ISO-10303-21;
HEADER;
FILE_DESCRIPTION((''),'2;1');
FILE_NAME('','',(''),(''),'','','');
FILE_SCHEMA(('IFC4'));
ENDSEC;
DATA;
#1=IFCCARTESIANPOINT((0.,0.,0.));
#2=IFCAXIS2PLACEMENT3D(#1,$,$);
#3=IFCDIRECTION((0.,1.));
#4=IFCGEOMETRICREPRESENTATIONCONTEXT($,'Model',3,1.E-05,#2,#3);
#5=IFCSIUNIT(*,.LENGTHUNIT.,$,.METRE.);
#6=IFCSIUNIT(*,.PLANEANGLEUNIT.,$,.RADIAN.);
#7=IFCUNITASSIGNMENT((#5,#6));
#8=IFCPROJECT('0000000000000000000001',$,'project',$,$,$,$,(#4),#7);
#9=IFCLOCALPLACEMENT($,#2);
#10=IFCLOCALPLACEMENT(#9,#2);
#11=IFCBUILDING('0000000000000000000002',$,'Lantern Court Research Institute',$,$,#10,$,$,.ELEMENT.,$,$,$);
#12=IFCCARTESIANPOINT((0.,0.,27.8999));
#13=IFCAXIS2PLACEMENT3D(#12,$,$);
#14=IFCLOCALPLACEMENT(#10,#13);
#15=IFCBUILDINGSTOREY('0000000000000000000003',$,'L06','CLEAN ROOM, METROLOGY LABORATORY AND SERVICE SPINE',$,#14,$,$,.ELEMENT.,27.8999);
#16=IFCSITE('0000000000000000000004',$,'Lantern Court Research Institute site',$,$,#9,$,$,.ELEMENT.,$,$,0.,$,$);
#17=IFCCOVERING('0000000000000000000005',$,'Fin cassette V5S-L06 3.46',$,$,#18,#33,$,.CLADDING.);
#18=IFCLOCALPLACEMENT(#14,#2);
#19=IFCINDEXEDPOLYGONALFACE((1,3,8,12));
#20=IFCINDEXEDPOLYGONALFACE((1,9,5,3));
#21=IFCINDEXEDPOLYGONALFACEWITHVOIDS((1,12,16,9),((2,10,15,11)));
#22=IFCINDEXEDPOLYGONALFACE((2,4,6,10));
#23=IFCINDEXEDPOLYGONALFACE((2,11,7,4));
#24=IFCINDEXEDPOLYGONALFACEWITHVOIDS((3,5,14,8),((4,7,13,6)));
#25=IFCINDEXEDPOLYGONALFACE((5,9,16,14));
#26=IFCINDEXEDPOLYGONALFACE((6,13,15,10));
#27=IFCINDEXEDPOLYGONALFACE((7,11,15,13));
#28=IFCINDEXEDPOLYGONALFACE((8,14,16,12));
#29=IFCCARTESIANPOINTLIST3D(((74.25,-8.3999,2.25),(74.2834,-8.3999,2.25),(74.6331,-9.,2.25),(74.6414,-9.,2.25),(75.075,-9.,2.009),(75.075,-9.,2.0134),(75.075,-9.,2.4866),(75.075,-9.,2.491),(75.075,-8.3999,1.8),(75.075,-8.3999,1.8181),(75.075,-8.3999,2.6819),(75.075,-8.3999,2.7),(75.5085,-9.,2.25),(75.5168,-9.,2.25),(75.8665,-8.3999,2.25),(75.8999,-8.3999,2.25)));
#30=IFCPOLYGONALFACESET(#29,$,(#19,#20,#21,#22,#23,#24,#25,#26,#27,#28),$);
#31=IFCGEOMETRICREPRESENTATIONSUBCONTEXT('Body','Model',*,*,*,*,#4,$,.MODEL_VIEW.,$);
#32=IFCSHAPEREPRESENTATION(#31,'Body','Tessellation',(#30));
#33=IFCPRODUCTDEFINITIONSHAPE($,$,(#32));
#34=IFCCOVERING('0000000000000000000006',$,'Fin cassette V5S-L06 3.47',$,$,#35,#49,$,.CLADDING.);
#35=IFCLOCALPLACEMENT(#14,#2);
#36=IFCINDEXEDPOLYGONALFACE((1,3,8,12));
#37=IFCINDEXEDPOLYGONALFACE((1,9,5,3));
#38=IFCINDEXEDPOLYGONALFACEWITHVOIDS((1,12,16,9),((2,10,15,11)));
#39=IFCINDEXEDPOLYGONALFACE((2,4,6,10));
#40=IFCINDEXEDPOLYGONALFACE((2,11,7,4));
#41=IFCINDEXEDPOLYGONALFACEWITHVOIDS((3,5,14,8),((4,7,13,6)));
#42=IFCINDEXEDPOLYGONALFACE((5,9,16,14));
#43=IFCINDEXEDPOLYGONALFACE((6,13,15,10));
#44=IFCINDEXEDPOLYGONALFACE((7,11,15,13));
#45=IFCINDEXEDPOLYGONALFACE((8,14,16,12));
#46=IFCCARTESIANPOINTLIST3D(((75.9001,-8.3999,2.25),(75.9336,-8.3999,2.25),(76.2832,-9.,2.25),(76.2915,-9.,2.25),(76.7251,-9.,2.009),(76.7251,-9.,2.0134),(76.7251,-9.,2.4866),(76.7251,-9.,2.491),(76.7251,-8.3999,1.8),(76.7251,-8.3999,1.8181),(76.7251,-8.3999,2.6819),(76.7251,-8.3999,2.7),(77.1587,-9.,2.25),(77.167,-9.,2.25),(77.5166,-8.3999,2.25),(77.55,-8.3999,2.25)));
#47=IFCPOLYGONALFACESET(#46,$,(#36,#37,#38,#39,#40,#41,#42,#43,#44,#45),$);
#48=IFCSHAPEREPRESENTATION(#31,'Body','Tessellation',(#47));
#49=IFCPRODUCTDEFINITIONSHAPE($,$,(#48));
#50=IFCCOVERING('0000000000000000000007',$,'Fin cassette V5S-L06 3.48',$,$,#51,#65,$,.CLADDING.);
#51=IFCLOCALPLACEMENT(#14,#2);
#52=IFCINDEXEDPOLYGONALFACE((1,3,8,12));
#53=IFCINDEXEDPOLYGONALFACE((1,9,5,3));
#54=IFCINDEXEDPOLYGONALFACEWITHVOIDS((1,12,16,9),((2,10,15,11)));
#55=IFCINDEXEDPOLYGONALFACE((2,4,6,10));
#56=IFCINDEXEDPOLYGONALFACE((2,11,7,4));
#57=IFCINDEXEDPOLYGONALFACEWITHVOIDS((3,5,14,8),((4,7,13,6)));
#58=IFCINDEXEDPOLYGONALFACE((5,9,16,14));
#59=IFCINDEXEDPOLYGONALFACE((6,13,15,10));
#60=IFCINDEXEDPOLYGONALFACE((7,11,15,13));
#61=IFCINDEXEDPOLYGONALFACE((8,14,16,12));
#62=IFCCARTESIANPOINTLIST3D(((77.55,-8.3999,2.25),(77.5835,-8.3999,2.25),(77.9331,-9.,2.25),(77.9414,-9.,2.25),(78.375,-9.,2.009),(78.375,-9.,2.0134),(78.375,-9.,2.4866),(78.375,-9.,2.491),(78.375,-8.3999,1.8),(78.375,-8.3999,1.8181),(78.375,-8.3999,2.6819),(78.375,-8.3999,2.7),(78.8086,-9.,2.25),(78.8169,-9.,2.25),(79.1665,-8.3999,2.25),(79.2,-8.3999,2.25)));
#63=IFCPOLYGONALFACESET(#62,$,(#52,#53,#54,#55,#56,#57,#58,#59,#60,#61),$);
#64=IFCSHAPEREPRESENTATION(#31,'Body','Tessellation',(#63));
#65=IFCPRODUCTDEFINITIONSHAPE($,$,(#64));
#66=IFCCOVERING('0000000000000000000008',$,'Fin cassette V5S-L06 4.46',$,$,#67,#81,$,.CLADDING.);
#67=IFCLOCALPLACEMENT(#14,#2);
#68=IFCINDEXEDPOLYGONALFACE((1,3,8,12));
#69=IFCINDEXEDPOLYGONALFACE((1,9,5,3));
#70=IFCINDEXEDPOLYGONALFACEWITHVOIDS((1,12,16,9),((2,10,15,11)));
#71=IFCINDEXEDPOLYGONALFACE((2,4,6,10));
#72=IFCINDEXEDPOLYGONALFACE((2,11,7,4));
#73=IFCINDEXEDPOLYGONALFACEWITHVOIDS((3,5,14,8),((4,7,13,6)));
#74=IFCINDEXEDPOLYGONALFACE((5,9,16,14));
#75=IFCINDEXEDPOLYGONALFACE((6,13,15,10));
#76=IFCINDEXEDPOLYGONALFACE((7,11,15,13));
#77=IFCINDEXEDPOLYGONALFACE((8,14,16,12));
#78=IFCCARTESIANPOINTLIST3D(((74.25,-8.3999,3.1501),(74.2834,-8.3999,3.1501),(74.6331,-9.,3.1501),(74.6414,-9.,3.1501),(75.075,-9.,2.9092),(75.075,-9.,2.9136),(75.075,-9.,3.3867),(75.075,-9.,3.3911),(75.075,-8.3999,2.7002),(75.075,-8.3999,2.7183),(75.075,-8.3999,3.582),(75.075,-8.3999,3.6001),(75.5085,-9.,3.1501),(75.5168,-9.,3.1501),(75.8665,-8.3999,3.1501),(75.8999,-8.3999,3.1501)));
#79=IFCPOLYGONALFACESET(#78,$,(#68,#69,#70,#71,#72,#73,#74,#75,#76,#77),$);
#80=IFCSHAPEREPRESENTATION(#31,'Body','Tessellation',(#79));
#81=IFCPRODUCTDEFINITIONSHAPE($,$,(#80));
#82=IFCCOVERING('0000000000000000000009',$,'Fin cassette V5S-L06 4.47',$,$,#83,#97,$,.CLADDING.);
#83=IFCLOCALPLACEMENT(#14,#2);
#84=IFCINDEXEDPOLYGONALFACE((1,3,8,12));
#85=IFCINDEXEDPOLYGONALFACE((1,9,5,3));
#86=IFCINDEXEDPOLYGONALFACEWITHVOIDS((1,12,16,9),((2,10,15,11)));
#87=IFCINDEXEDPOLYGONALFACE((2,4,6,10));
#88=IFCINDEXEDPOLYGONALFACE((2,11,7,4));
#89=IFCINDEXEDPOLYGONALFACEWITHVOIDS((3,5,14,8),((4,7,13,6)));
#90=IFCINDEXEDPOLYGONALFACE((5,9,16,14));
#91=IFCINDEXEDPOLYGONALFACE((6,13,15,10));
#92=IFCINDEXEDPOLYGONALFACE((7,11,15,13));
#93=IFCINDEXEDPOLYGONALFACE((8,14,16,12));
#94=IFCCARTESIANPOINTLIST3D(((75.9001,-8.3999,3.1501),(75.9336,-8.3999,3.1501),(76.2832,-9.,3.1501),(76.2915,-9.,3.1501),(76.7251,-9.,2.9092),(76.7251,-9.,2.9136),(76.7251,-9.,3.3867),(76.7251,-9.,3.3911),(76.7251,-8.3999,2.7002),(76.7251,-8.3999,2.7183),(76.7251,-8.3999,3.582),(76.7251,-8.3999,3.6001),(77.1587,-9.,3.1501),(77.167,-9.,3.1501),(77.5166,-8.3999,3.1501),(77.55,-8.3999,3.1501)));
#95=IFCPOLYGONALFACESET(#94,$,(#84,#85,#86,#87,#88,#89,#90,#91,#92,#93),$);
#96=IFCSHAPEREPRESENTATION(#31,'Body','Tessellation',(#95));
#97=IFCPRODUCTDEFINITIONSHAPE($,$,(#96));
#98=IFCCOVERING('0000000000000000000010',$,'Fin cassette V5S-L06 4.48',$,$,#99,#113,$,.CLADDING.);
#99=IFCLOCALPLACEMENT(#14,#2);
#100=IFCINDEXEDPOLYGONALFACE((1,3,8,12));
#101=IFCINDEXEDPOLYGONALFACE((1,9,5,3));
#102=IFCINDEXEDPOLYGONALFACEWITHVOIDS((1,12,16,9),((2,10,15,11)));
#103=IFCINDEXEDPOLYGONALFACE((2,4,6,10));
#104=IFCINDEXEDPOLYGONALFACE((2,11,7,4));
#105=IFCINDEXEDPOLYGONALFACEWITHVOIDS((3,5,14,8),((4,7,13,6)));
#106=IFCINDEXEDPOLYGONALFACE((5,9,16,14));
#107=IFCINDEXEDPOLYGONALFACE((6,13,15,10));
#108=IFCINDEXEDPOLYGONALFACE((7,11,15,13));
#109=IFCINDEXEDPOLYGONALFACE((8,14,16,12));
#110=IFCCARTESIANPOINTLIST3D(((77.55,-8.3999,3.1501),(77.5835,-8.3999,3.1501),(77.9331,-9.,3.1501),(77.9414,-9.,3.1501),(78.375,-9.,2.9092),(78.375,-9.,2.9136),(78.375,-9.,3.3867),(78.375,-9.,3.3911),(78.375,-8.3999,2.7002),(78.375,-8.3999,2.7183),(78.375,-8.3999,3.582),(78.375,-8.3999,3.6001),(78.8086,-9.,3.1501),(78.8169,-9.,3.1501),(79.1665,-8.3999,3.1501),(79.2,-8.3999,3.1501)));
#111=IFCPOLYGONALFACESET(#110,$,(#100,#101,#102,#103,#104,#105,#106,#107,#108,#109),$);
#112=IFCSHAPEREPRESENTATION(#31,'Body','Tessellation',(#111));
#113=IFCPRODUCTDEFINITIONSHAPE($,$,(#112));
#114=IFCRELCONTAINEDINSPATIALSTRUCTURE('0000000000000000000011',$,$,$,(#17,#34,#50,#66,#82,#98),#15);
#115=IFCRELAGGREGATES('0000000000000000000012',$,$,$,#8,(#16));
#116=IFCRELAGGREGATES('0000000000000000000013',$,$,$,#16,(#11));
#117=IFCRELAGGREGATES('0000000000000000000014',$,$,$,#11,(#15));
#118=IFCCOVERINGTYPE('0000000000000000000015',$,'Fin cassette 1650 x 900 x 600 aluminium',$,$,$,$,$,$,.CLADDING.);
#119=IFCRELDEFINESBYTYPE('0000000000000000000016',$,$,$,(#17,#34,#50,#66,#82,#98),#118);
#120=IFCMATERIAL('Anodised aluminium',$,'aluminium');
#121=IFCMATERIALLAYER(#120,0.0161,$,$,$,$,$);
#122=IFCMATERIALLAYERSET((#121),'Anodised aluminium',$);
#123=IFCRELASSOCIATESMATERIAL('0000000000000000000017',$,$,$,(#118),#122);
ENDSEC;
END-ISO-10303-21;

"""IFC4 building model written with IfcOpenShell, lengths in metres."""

from ifc_helpers import new_model, entity, si_unit, direction, frame, origin, place, context, subcontext, project, spatial, material, layer, layer_set, type_object, element, save


model = new_model("IFC4")

# Units and contexts
model_context = context("Model", 3, precision=1e-05, world=origin(), true_north=direction((0.0, 1.0)))
body_context = subcontext(model_context, "Body", "Model", "MODEL_VIEW")
ifc_project = project(units=[si_unit("LENGTHUNIT", "METRE"), si_unit("PLANEANGLEUNIT", "RADIAN")], contexts=[model_context])

# Site, building, storey
site_placement = place(None, origin())
site = spatial("IfcSite", under=ifc_project, at=site_placement, Name="Lantern Court Research Institute site", CompositionType="ELEMENT", RefElevation=0.0)
building_placement = place(site_placement, origin())
building = spatial("IfcBuilding", under=site, at=building_placement, Name="Lantern Court Research Institute", CompositionType="ELEMENT")
storey_placement = place(building_placement, frame((0.0, 0.0, 27.8999)))
storey = spatial("IfcBuildingStorey", under=building, at=storey_placement, Name="L06", Description="CLEAN ROOM, METROLOGY LABORATORY AND SERVICE SPINE", CompositionType="ELEMENT", Elevation=27.8999)

# Coverings
ifc_material_1 = material(Name="Anodised aluminium", Category="aluminium")
ifc_layer_1 = layer(ifc_material_1, 0.0161)
ifc_layer_set_1 = layer_set([ifc_layer_1], Name="Anodised aluminium")
covering_type = type_object("IfcCoveringType", Name="Fin cassette 1650 x 900 x 600 aluminium", PredefinedType="CLADDING", material=ifc_layer_set_1)
covering_1_placement = place(storey_placement, frame((75.075, -8.3999, 2.25), z_axis=(0.0, -1.0, 0.0), x_axis=(1.0, 0.0, 0.0)))
cartesian_point_1 = entity("IfcCartesianPoint", [0.825, 0.0])
cartesian_point_2 = entity("IfcCartesianPoint", [0.7915, 0.0])
cartesian_point_3 = entity("IfcCartesianPoint", [0.4419, 0.0])
cartesian_point_4 = entity("IfcCartesianPoint", [0.4336, 0.0])
element("IfcCovering", 1, at=covering_1_placement, inside=storey, type_object=covering_type, Name="Fin cassette V5S-L06 3.46", PredefinedType="CLADDING", context=body_context, shape_type="SweptSolid", body=[
    entity("IfcExtrudedAreaSolidTapered", entity("IfcArbitraryProfileDefWithVoids", "AREA", None, entity("IfcPolyline", [cartesian_point_1, entity("IfcCartesianPoint", [0.0, 0.45]), entity("IfcCartesianPoint", [-0.825, 0.0]), entity("IfcCartesianPoint", [0.0, -0.45]), cartesian_point_1]), [entity("IfcPolyline", [cartesian_point_2, entity("IfcCartesianPoint", [0.0, 0.4319]), entity("IfcCartesianPoint", [-0.7915, 0.0]), entity("IfcCartesianPoint", [0.0, -0.4319]), cartesian_point_2])]), entity("IfcAxis2Placement3D", entity("IfcCartesianPoint", [0.0, 0.0, 0.0])), entity("IfcDirection", [0.0, 0.0, 1.0]), 0.6001, entity("IfcArbitraryProfileDefWithVoids", "AREA", None, entity("IfcPolyline", [cartesian_point_3, entity("IfcCartesianPoint", [0.0, 0.241]), entity("IfcCartesianPoint", [-0.4419, 0.0]), entity("IfcCartesianPoint", [0.0, -0.241]), cartesian_point_3]), [entity("IfcPolyline", [cartesian_point_4, entity("IfcCartesianPoint", [0.0, 0.2366]), entity("IfcCartesianPoint", [-0.4336, 0.0]), entity("IfcCartesianPoint", [0.0, -0.2366]), cartesian_point_4])])),
])
covering_2_placement = place(storey_placement, frame((76.7251, -8.3999, 2.25), z_axis=(0.0, -1.0, 0.0), x_axis=(1.0, 0.0, 0.0)))
cartesian_point_5 = entity("IfcCartesianPoint", [0.825, 0.0])
cartesian_point_6 = entity("IfcCartesianPoint", [0.7915, 0.0])
cartesian_point_7 = entity("IfcCartesianPoint", [0.4419, 0.0])
cartesian_point_8 = entity("IfcCartesianPoint", [0.4336, 0.0])
element("IfcCovering", 2, at=covering_2_placement, inside=storey, type_object=covering_type, Name="Fin cassette V5S-L06 3.47", PredefinedType="CLADDING", context=body_context, shape_type="SweptSolid", body=[
    entity("IfcExtrudedAreaSolidTapered", entity("IfcArbitraryProfileDefWithVoids", "AREA", None, entity("IfcPolyline", [cartesian_point_5, entity("IfcCartesianPoint", [0.0, 0.45]), entity("IfcCartesianPoint", [-0.825, 0.0]), entity("IfcCartesianPoint", [0.0, -0.45]), cartesian_point_5]), [entity("IfcPolyline", [cartesian_point_6, entity("IfcCartesianPoint", [0.0, 0.4319]), entity("IfcCartesianPoint", [-0.7915, 0.0]), entity("IfcCartesianPoint", [0.0, -0.4319]), cartesian_point_6])]), entity("IfcAxis2Placement3D", entity("IfcCartesianPoint", [0.0, 0.0, 0.0])), entity("IfcDirection", [0.0, 0.0, 1.0]), 0.6001, entity("IfcArbitraryProfileDefWithVoids", "AREA", None, entity("IfcPolyline", [cartesian_point_7, entity("IfcCartesianPoint", [0.0, 0.241]), entity("IfcCartesianPoint", [-0.4419, 0.0]), entity("IfcCartesianPoint", [0.0, -0.241]), cartesian_point_7]), [entity("IfcPolyline", [cartesian_point_8, entity("IfcCartesianPoint", [0.0, 0.2366]), entity("IfcCartesianPoint", [-0.4336, 0.0]), entity("IfcCartesianPoint", [0.0, -0.2366]), cartesian_point_8])])),
])
covering_3_placement = place(storey_placement, frame((78.375, -8.3999, 2.25), z_axis=(0.0, -1.0, 0.0), x_axis=(1.0, 0.0, 0.0)))
cartesian_point_9 = entity("IfcCartesianPoint", [0.825, 0.0])
cartesian_point_10 = entity("IfcCartesianPoint", [0.7915, 0.0])
cartesian_point_11 = entity("IfcCartesianPoint", [0.4419, 0.0])
cartesian_point_12 = entity("IfcCartesianPoint", [0.4336, 0.0])
element("IfcCovering", 3, at=covering_3_placement, inside=storey, type_object=covering_type, Name="Fin cassette V5S-L06 3.48", PredefinedType="CLADDING", context=body_context, shape_type="SweptSolid", body=[
    entity("IfcExtrudedAreaSolidTapered", entity("IfcArbitraryProfileDefWithVoids", "AREA", None, entity("IfcPolyline", [cartesian_point_9, entity("IfcCartesianPoint", [0.0, 0.45]), entity("IfcCartesianPoint", [-0.825, 0.0]), entity("IfcCartesianPoint", [0.0, -0.45]), cartesian_point_9]), [entity("IfcPolyline", [cartesian_point_10, entity("IfcCartesianPoint", [0.0, 0.4319]), entity("IfcCartesianPoint", [-0.7915, 0.0]), entity("IfcCartesianPoint", [0.0, -0.4319]), cartesian_point_10])]), entity("IfcAxis2Placement3D", entity("IfcCartesianPoint", [0.0, 0.0, 0.0])), entity("IfcDirection", [0.0, 0.0, 1.0]), 0.6001, entity("IfcArbitraryProfileDefWithVoids", "AREA", None, entity("IfcPolyline", [cartesian_point_11, entity("IfcCartesianPoint", [0.0, 0.241]), entity("IfcCartesianPoint", [-0.4419, 0.0]), entity("IfcCartesianPoint", [0.0, -0.241]), cartesian_point_11]), [entity("IfcPolyline", [cartesian_point_12, entity("IfcCartesianPoint", [0.0, 0.2366]), entity("IfcCartesianPoint", [-0.4336, 0.0]), entity("IfcCartesianPoint", [0.0, -0.2366]), cartesian_point_12])])),
])
covering_4_placement = place(storey_placement, frame((75.075, -8.3999, 3.1501), z_axis=(0.0, -1.0, 0.0), x_axis=(1.0, 0.0, 0.0)))
cartesian_point_13 = entity("IfcCartesianPoint", [0.825, 0.0])
cartesian_point_14 = entity("IfcCartesianPoint", [0.7915, 0.0])
cartesian_point_15 = entity("IfcCartesianPoint", [0.4419, 0.0])
cartesian_point_16 = entity("IfcCartesianPoint", [0.4336, 0.0])
element("IfcCovering", 4, at=covering_4_placement, inside=storey, type_object=covering_type, Name="Fin cassette V5S-L06 4.46", PredefinedType="CLADDING", context=body_context, shape_type="SweptSolid", body=[
    entity("IfcExtrudedAreaSolidTapered", entity("IfcArbitraryProfileDefWithVoids", "AREA", None, entity("IfcPolyline", [cartesian_point_13, entity("IfcCartesianPoint", [0.0, 0.45]), entity("IfcCartesianPoint", [-0.825, 0.0]), entity("IfcCartesianPoint", [0.0, -0.45]), cartesian_point_13]), [entity("IfcPolyline", [cartesian_point_14, entity("IfcCartesianPoint", [0.0, 0.4319]), entity("IfcCartesianPoint", [-0.7915, 0.0]), entity("IfcCartesianPoint", [0.0, -0.4319]), cartesian_point_14])]), entity("IfcAxis2Placement3D", entity("IfcCartesianPoint", [0.0, 0.0, 0.0])), entity("IfcDirection", [0.0, 0.0, 1.0]), 0.6001, entity("IfcArbitraryProfileDefWithVoids", "AREA", None, entity("IfcPolyline", [cartesian_point_15, entity("IfcCartesianPoint", [0.0, 0.241]), entity("IfcCartesianPoint", [-0.4419, 0.0]), entity("IfcCartesianPoint", [0.0, -0.241]), cartesian_point_15]), [entity("IfcPolyline", [cartesian_point_16, entity("IfcCartesianPoint", [0.0, 0.2366]), entity("IfcCartesianPoint", [-0.4336, 0.0]), entity("IfcCartesianPoint", [0.0, -0.2366]), cartesian_point_16])])),
])
covering_5_placement = place(storey_placement, frame((76.7251, -8.3999, 3.1501), z_axis=(0.0, -1.0, 0.0), x_axis=(1.0, 0.0, 0.0)))
cartesian_point_17 = entity("IfcCartesianPoint", [0.825, 0.0])
cartesian_point_18 = entity("IfcCartesianPoint", [0.7915, 0.0])
cartesian_point_19 = entity("IfcCartesianPoint", [0.4419, 0.0])
cartesian_point_20 = entity("IfcCartesianPoint", [0.4336, 0.0])
element("IfcCovering", 5, at=covering_5_placement, inside=storey, type_object=covering_type, Name="Fin cassette V5S-L06 4.47", PredefinedType="CLADDING", context=body_context, shape_type="SweptSolid", body=[
    entity("IfcExtrudedAreaSolidTapered", entity("IfcArbitraryProfileDefWithVoids", "AREA", None, entity("IfcPolyline", [cartesian_point_17, entity("IfcCartesianPoint", [0.0, 0.45]), entity("IfcCartesianPoint", [-0.825, 0.0]), entity("IfcCartesianPoint", [0.0, -0.45]), cartesian_point_17]), [entity("IfcPolyline", [cartesian_point_18, entity("IfcCartesianPoint", [0.0, 0.4319]), entity("IfcCartesianPoint", [-0.7915, 0.0]), entity("IfcCartesianPoint", [0.0, -0.4319]), cartesian_point_18])]), entity("IfcAxis2Placement3D", entity("IfcCartesianPoint", [0.0, 0.0, 0.0])), entity("IfcDirection", [0.0, 0.0, 1.0]), 0.6001, entity("IfcArbitraryProfileDefWithVoids", "AREA", None, entity("IfcPolyline", [cartesian_point_19, entity("IfcCartesianPoint", [0.0, 0.241]), entity("IfcCartesianPoint", [-0.4419, 0.0]), entity("IfcCartesianPoint", [0.0, -0.241]), cartesian_point_19]), [entity("IfcPolyline", [cartesian_point_20, entity("IfcCartesianPoint", [0.0, 0.2366]), entity("IfcCartesianPoint", [-0.4336, 0.0]), entity("IfcCartesianPoint", [0.0, -0.2366]), cartesian_point_20])])),
])
covering_6_placement = place(storey_placement, frame((78.375, -8.3999, 3.1501), z_axis=(0.0, -1.0, 0.0), x_axis=(1.0, 0.0, 0.0)))
cartesian_point_21 = entity("IfcCartesianPoint", [0.825, 0.0])
cartesian_point_22 = entity("IfcCartesianPoint", [0.7915, 0.0])
cartesian_point_23 = entity("IfcCartesianPoint", [0.4419, 0.0])
cartesian_point_24 = entity("IfcCartesianPoint", [0.4336, 0.0])
element("IfcCovering", 6, at=covering_6_placement, inside=storey, type_object=covering_type, Name="Fin cassette V5S-L06 4.48", PredefinedType="CLADDING", context=body_context, shape_type="SweptSolid", body=[
    entity("IfcExtrudedAreaSolidTapered", entity("IfcArbitraryProfileDefWithVoids", "AREA", None, entity("IfcPolyline", [cartesian_point_21, entity("IfcCartesianPoint", [0.0, 0.45]), entity("IfcCartesianPoint", [-0.825, 0.0]), entity("IfcCartesianPoint", [0.0, -0.45]), cartesian_point_21]), [entity("IfcPolyline", [cartesian_point_22, entity("IfcCartesianPoint", [0.0, 0.4319]), entity("IfcCartesianPoint", [-0.7915, 0.0]), entity("IfcCartesianPoint", [0.0, -0.4319]), cartesian_point_22])]), entity("IfcAxis2Placement3D", entity("IfcCartesianPoint", [0.0, 0.0, 0.0])), entity("IfcDirection", [0.0, 0.0, 1.0]), 0.6001, entity("IfcArbitraryProfileDefWithVoids", "AREA", None, entity("IfcPolyline", [cartesian_point_23, entity("IfcCartesianPoint", [0.0, 0.241]), entity("IfcCartesianPoint", [-0.4419, 0.0]), entity("IfcCartesianPoint", [0.0, -0.241]), cartesian_point_23]), [entity("IfcPolyline", [cartesian_point_24, entity("IfcCartesianPoint", [0.0, 0.2366]), entity("IfcCartesianPoint", [-0.4336, 0.0]), entity("IfcCartesianPoint", [0.0, -0.2366]), cartesian_point_24])])),
])

save(model, "model.ifc")
